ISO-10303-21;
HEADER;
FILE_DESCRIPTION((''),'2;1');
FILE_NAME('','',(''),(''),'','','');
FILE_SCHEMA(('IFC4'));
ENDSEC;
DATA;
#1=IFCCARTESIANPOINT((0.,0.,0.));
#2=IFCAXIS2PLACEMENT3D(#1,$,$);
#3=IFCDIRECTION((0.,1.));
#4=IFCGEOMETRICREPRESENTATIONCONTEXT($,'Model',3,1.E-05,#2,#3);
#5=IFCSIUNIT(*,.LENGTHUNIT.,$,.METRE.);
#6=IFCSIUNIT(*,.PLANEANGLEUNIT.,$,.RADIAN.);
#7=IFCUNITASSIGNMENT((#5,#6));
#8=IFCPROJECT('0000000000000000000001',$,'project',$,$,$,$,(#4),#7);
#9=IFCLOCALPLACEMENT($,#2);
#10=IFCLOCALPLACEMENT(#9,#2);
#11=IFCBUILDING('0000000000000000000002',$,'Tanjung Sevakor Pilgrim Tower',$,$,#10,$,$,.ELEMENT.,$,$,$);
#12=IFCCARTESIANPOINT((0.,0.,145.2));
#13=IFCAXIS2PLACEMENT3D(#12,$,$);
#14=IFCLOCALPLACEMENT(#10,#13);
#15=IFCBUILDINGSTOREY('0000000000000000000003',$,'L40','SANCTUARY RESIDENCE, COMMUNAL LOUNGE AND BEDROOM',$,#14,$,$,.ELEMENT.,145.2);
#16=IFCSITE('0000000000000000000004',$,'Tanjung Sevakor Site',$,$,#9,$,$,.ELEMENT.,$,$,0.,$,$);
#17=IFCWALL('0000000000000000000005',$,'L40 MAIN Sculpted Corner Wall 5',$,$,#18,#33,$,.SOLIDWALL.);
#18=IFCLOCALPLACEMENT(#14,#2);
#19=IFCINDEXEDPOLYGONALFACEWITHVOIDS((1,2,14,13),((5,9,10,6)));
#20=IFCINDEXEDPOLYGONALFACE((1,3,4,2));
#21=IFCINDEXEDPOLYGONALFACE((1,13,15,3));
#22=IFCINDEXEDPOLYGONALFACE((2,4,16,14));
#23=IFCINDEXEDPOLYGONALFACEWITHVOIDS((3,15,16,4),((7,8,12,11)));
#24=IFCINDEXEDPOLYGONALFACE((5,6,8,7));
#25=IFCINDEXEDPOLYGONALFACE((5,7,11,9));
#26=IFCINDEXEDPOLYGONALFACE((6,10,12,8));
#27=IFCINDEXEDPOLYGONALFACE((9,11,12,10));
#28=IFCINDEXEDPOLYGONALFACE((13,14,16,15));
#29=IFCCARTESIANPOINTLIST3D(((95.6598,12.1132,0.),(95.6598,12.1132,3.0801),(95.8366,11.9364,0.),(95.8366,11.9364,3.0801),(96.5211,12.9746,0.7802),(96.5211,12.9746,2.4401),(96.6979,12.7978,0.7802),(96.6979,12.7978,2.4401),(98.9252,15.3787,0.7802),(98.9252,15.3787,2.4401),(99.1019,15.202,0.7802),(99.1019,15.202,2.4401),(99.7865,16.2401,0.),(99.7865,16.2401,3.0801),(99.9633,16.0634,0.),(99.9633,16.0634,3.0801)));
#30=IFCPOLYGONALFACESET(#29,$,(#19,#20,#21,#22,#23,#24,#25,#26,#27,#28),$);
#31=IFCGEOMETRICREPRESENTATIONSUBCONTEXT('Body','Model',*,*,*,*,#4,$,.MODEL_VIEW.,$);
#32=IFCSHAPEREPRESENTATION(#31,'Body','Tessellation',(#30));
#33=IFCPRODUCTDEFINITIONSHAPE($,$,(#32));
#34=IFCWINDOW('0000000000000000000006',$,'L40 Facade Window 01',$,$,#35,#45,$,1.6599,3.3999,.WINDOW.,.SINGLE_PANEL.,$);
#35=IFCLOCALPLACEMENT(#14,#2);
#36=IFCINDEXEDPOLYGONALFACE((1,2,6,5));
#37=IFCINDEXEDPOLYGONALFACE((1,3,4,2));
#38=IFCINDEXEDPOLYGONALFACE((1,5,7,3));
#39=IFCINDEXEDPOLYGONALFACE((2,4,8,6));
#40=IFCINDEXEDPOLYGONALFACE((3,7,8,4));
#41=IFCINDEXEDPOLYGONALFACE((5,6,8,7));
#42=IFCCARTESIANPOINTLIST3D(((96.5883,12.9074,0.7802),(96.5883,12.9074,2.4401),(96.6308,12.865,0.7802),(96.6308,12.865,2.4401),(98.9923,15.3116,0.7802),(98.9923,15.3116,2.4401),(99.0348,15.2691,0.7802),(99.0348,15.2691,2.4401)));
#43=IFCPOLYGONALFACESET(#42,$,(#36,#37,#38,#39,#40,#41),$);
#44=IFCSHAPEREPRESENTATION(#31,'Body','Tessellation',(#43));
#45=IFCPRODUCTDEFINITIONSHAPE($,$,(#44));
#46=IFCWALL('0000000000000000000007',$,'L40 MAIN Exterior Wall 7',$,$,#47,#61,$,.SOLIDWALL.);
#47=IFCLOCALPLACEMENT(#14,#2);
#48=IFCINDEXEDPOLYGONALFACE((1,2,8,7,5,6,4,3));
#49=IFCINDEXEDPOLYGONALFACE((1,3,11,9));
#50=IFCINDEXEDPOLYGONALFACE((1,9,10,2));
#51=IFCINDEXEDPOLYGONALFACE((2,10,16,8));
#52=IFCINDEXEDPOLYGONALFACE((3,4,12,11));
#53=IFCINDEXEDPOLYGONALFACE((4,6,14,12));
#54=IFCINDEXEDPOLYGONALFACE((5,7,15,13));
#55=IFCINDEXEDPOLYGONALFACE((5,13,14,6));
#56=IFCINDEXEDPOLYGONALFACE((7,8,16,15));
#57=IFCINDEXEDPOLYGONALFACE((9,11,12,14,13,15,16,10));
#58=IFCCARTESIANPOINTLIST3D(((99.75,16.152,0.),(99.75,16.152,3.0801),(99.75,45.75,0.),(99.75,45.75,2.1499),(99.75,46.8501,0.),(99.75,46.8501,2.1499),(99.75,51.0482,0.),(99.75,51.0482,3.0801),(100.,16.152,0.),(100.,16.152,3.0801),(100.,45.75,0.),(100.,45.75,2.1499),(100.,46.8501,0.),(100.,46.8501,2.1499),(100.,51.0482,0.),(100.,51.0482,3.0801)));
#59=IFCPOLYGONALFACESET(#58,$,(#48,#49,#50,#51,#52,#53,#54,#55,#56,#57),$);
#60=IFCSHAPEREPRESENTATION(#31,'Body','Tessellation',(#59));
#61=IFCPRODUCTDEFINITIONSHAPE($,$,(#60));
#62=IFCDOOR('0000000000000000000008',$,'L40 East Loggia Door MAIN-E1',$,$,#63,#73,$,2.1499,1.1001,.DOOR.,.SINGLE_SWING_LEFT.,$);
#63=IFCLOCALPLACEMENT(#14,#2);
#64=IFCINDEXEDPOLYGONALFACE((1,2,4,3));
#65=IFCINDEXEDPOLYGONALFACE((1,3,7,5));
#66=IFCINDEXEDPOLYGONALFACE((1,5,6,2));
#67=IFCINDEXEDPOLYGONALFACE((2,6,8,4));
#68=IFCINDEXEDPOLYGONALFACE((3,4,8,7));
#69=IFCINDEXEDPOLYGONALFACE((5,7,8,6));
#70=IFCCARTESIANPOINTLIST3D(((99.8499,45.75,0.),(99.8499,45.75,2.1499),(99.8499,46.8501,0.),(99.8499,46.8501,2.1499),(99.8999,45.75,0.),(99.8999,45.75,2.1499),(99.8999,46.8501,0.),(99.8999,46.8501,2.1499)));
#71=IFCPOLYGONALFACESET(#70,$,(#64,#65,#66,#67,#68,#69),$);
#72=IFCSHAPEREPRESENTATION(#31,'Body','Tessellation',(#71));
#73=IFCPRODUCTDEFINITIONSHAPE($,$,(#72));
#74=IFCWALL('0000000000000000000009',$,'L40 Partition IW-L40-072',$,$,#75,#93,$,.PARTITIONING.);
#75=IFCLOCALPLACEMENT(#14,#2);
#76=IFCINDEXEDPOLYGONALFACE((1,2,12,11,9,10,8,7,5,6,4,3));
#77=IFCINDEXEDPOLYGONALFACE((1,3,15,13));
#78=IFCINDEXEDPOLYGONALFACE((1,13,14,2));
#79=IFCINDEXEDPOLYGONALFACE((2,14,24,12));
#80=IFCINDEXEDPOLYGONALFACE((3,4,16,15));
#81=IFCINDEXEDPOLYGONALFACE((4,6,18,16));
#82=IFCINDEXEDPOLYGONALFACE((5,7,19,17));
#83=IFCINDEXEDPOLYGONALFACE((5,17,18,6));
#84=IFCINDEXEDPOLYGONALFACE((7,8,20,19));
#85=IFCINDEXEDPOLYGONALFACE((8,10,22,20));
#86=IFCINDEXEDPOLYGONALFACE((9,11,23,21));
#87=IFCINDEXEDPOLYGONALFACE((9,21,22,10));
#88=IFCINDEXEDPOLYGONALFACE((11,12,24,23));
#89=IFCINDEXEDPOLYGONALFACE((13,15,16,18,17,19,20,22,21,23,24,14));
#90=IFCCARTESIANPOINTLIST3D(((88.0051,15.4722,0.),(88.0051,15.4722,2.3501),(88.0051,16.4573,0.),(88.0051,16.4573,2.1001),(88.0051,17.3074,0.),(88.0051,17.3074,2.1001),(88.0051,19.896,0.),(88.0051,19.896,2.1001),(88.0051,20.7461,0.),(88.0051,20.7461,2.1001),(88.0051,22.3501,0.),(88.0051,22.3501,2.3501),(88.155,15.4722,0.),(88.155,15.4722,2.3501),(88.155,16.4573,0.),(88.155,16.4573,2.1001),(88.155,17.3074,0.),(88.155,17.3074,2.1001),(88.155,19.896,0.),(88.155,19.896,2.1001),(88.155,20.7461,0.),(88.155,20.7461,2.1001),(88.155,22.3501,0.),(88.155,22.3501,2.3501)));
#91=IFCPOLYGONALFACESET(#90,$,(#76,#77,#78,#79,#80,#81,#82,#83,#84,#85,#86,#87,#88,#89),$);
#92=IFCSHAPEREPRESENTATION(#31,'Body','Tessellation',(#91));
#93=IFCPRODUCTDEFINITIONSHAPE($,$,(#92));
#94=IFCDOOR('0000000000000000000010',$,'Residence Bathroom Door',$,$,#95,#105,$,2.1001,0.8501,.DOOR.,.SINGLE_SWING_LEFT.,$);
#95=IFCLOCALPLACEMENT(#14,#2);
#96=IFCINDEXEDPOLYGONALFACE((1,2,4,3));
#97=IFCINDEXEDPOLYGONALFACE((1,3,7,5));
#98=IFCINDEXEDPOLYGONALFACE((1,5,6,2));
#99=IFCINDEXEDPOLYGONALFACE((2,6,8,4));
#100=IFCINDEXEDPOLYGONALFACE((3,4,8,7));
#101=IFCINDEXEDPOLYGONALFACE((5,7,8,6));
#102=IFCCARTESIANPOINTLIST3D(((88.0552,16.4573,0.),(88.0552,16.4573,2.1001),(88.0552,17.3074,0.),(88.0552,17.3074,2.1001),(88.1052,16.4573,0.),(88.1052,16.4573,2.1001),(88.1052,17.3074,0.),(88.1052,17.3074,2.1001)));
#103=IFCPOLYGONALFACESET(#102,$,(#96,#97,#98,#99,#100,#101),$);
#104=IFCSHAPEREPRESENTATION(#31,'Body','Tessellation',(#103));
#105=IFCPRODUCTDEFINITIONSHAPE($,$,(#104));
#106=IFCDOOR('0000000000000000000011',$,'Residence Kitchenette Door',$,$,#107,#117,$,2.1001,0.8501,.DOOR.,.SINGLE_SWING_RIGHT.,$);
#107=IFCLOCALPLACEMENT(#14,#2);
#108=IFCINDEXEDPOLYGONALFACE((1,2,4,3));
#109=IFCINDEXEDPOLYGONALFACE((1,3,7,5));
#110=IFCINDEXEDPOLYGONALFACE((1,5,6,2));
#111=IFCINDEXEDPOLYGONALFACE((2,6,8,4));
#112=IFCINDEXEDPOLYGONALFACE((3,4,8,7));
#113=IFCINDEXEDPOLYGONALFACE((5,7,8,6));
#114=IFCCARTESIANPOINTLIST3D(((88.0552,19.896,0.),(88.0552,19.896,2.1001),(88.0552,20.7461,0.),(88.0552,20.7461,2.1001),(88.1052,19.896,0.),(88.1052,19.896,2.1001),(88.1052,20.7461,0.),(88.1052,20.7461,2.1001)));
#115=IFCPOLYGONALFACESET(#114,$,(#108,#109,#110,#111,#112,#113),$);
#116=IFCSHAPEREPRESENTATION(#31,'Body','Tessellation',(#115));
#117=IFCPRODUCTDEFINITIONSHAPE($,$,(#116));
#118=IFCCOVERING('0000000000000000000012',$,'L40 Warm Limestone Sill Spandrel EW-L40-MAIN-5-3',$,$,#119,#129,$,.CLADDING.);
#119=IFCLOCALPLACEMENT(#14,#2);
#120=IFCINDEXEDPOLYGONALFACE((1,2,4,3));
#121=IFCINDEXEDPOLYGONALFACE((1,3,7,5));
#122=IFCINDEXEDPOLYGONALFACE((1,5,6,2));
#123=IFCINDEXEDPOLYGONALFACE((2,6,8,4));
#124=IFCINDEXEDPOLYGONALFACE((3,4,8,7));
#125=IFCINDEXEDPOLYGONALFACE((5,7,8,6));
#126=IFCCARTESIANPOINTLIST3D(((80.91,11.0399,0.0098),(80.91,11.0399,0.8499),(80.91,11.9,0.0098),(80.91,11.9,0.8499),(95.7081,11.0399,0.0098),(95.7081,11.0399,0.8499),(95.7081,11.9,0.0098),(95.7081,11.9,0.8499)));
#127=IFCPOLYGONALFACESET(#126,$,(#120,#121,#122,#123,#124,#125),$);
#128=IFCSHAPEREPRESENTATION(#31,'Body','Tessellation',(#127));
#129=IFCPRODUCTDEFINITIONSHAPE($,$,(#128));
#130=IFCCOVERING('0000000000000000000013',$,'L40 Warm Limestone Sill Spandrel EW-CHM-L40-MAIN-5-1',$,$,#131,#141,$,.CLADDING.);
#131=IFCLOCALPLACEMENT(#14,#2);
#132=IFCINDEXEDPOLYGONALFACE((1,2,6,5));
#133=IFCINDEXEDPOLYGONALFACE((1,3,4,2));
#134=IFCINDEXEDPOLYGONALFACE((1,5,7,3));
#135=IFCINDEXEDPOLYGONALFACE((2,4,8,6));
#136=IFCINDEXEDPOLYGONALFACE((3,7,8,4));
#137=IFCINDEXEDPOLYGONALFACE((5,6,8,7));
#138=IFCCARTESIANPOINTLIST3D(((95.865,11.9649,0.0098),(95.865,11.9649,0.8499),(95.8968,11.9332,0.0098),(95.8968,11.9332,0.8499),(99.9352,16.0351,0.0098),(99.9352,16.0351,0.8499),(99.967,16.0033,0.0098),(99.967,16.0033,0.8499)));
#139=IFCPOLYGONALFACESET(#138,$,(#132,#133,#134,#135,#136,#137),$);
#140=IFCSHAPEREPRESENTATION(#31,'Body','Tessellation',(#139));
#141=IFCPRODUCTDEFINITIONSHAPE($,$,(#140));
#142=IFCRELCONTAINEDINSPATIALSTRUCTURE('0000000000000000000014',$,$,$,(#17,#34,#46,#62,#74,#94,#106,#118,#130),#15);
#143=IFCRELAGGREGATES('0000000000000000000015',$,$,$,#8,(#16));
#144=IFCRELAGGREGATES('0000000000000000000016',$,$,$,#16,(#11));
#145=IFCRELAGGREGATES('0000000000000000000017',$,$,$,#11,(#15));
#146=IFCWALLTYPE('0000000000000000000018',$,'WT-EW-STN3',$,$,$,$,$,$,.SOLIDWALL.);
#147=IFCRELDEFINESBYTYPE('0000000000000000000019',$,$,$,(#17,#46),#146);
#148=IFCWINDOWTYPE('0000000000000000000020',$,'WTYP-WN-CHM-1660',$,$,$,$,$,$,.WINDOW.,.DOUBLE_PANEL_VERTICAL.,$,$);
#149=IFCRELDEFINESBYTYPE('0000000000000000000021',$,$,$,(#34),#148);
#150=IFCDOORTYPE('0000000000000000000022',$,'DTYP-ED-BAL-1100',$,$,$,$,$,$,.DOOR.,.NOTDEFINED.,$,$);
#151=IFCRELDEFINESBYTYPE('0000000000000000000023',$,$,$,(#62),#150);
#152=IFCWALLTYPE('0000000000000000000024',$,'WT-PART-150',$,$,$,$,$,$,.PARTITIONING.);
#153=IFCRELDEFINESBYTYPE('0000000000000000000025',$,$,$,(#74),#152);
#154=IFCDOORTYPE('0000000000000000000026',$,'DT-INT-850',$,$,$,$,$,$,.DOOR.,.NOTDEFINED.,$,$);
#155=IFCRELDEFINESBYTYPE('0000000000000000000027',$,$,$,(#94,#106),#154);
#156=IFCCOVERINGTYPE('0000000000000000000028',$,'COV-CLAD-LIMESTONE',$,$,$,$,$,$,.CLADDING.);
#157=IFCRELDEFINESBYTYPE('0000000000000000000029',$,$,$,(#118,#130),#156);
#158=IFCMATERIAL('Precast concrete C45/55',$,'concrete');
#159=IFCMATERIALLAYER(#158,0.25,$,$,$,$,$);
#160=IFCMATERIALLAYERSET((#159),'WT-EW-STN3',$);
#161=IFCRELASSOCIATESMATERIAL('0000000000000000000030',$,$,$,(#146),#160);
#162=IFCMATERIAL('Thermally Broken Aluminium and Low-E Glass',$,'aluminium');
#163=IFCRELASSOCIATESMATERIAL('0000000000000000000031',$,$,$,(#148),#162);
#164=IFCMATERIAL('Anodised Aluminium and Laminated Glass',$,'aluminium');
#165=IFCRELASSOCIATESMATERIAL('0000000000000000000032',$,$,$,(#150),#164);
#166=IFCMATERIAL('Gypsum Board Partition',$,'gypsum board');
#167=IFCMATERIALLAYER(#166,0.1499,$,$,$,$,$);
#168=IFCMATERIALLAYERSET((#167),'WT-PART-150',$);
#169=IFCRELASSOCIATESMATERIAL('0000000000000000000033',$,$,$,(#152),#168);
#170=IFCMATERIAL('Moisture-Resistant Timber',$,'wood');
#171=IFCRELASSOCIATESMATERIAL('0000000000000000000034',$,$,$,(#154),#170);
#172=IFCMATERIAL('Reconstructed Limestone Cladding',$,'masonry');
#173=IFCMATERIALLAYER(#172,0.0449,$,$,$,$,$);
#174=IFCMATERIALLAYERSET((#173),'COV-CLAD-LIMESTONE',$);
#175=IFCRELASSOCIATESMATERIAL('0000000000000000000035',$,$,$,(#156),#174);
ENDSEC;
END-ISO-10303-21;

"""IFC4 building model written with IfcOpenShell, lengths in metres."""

from ifc_helpers import new_model, si_unit, direction, frame, frame_2d, origin, origin_2d, place, context, subcontext, project, spatial, rectangle, extrude, material, layer, layer_set, type_object, element, fill, save


model = new_model("IFC4")

# Units and contexts
model_context = context("Model", 3, precision=1e-05, world=origin(), true_north=direction((0.0, 1.0)))
body_context = subcontext(model_context, "Body", "Model", "MODEL_VIEW")
ifc_project = project(units=[si_unit("LENGTHUNIT", "METRE"), si_unit("PLANEANGLEUNIT", "RADIAN")], contexts=[model_context])

# Site, building, storey
site_placement = place(None, origin())
site = spatial("IfcSite", under=ifc_project, at=site_placement, Name="Tanjung Sevakor Site", CompositionType="ELEMENT", RefElevation=0.0)
building_placement = place(site_placement, origin())
building = spatial("IfcBuilding", under=site, at=building_placement, Name="Tanjung Sevakor Pilgrim Tower", CompositionType="ELEMENT")
storey_placement = place(building_placement, frame((0.0, 0.0, 145.2)))
storey = spatial("IfcBuildingStorey", under=building, at=storey_placement, Name="L40", Description="SANCTUARY RESIDENCE, COMMUNAL LOUNGE AND BEDROOM", CompositionType="ELEMENT", Elevation=145.2)

# Wall, opening, window
ifc_material_1 = material(Name="Precast concrete C45/55", Category="concrete")
ifc_layer_1 = layer(ifc_material_1, 0.25)
ifc_layer_set_1 = layer_set([ifc_layer_1], Name="WT-EW-STN3")
wall_type_1 = type_object("IfcWallType", Name="WT-EW-STN3", PredefinedType="SOLIDWALL", material=ifc_layer_set_1)
wall_1_placement = place(storey_placement, frame((95.7483, 12.0249, 0.0), z_axis=(0.0, 0.0, 1.0), x_axis=(0.707086, 0.707128, 0.0)))
wall_1 = element("IfcWall", 1, at=wall_1_placement, inside=storey, type_object=wall_type_1, Name="L40 MAIN Sculpted Corner Wall 5", PredefinedType="SOLIDWALL", context=body_context, shape_type="SweptSolid", body=[
    extrude(rectangle(XDim=5.8362, YDim=0.25, at=frame_2d((2.918, 0.0))), origin(), (0.0, 0.0, 1.0), 3.0801),
])
opening_1_placement = place(wall_1_placement, frame((1.218, 0.0, 0.78)))
opening_1 = element("IfcOpeningElement", 2, at=opening_1_placement, cuts=wall_1, PredefinedType="OPENING", context=body_context, shape_type="SweptSolid", body=[
    extrude(rectangle(XDim=3.3999, YDim=1.6599, at=frame_2d((1.7, 0.8301))), frame((0.0, 0.135, 0.0), z_axis=(0.0, -1.0, 0.0), x_axis=(1.0, 0.0, 0.0)), (0.0, 0.0, 1.0), 0.27),
])
ifc_material_2 = material(Name="Thermally Broken Aluminium and Low-E Glass", Category="aluminium")
window_type = type_object("IfcWindowType", Name="WTYP-WN-CHM-1660", PartitioningType="DOUBLE_PANEL_VERTICAL", PredefinedType="WINDOW", material=ifc_material_2)
window_placement = place(opening_1_placement, origin())
window = element("IfcWindow", 3, at=window_placement, inside=storey, type_object=window_type, Name="L40 Facade Window 01", OverallHeight=1.6599, OverallWidth=3.3999, PartitioningType="SINGLE_PANEL", PredefinedType="WINDOW", context=body_context, shape_type="SweptSolid", body=[
    extrude(rectangle(XDim=3.3999, YDim=1.6599, at=frame_2d((1.7, 0.8301))), frame((0.0, 0.03, 0.0), z_axis=(0.0, -1.0, 0.0), x_axis=(1.0, 0.0, 0.0)), (0.0, 0.0, 1.0), 0.0601),
])
fill(opening_1, window)

# Wall, opening, door
wall_2_placement = place(storey_placement, frame((99.875, 16.1519, 0.0), z_axis=(0.0, 0.0, 1.0), x_axis=(0.0, 1.0, 0.0)))
wall_2 = element("IfcWall", 4, at=wall_2_placement, inside=storey, type_object=wall_type_1, Name="L40 MAIN Exterior Wall 7", PredefinedType="SOLIDWALL", context=body_context, shape_type="SweptSolid", body=[
    extrude(rectangle(XDim=34.8962, YDim=0.25, at=frame_2d((17.4482, 0.0))), origin(), (0.0, 0.0, 1.0), 3.0801),
])
opening_2_placement = place(wall_2_placement, frame((29.5981, 0.0, 0.0)))
opening_2 = element("IfcOpeningElement", 5, at=opening_2_placement, cuts=wall_2, PredefinedType="OPENING", context=body_context, shape_type="SweptSolid", body=[
    extrude(rectangle(XDim=1.1001, YDim=2.1499, at=frame_2d((0.55, 1.075))), frame((0.0, 0.135, 0.0), z_axis=(0.0, -1.0, 0.0), x_axis=(1.0, 0.0, 0.0)), (0.0, 0.0, 1.0), 0.27),
])
ifc_material_3 = material(Name="Anodised Aluminium and Laminated Glass", Category="aluminium")
door_type_1 = type_object("IfcDoorType", Name="DTYP-ED-BAL-1100", OperationType="NOTDEFINED", PredefinedType="DOOR", material=ifc_material_3)
door_1_placement = place(opening_2_placement, frame((1.1001, 0.0, 0.0), z_axis=(0.0, 0.0, 1.0), x_axis=(-1.0, 0.0, 0.0)))
door_1 = element("IfcDoor", 6, at=door_1_placement, inside=storey, type_object=door_type_1, Name="L40 East Loggia Door MAIN-E1", OperationType="SINGLE_SWING_LEFT", OverallHeight=2.1499, OverallWidth=1.1001, PredefinedType="DOOR", context=body_context, shape_type="SweptSolid", body=[
    extrude(rectangle(XDim=1.1001, YDim=2.1499, at=frame_2d((0.55, 1.075))), frame((0.0, 0.0249, 0.0), z_axis=(0.0, -1.0, 0.0), x_axis=(1.0, 0.0, 0.0)), (0.0, 0.0, 1.0), 0.05),
])
fill(opening_2, door_1)

# Wall, openings, doors
ifc_material_4 = material(Name="Gypsum Board Partition", Category="gypsum board")
ifc_layer_2 = layer(ifc_material_4, 0.1499)
ifc_layer_set_2 = layer_set([ifc_layer_2], Name="WT-PART-150")
wall_type_2 = type_object("IfcWallType", Name="WT-PART-150", PredefinedType="PARTITIONING", material=ifc_layer_set_2)
wall_3_placement = place(storey_placement, frame((88.0801, 15.4722, 0.0), z_axis=(0.0, 0.0, 1.0), x_axis=(0.0, 1.0, 0.0)))
wall_3 = element("IfcWall", 7, at=wall_3_placement, inside=storey, type_object=wall_type_2, Name="L40 Partition IW-L40-072", PredefinedType="PARTITIONING", context=body_context, shape_type="SweptSolid", body=[
    extrude(rectangle(XDim=6.8779, YDim=0.1499, at=frame_2d((3.439, 0.0))), origin(), (0.0, 0.0, 1.0), 2.3501),
])
opening_3_placement = place(wall_3_placement, frame((0.9851, 0.0, 0.0)))
opening_3 = element("IfcOpeningElement", 8, at=opening_3_placement, cuts=wall_3, PredefinedType="OPENING", context=body_context, shape_type="SweptSolid", body=[
    extrude(rectangle(XDim=0.8501, YDim=2.1001, at=frame_2d((0.425, 1.05))), frame((0.0, 0.085, 0.0), z_axis=(0.0, -1.0, 0.0), x_axis=(1.0, 0.0, 0.0)), (0.0, 0.0, 1.0), 0.1699),
])
opening_4_placement = place(wall_3_placement, frame((4.4238, 0.0, 0.0)))
opening_4 = element("IfcOpeningElement", 9, at=opening_4_placement, cuts=wall_3, PredefinedType="OPENING", context=body_context, shape_type="SweptSolid", body=[
    extrude(rectangle(XDim=0.8501, YDim=2.1001, at=frame_2d((0.425, 1.05))), frame((0.0, 0.085, 0.0), z_axis=(0.0, -1.0, 0.0), x_axis=(1.0, 0.0, 0.0)), (0.0, 0.0, 1.0), 0.1699),
])
ifc_material_5 = material(Name="Moisture-Resistant Timber", Category="wood")
door_type_2 = type_object("IfcDoorType", Name="DT-INT-850", OperationType="NOTDEFINED", PredefinedType="DOOR", material=ifc_material_5)
door_2_placement = place(opening_3_placement, origin())
door_2 = element("IfcDoor", 10, at=door_2_placement, inside=storey, type_object=door_type_2, Name="Residence Bathroom Door", OperationType="SINGLE_SWING_LEFT", OverallHeight=2.1001, OverallWidth=0.8501, PredefinedType="DOOR", context=body_context, shape_type="SweptSolid", body=[
    extrude(rectangle(XDim=0.8501, YDim=2.1001, at=frame_2d((0.425, 1.05))), frame((0.0, 0.0249, 0.0), z_axis=(0.0, -1.0, 0.0), x_axis=(1.0, 0.0, 0.0)), (0.0, 0.0, 1.0), 0.05),
])
fill(opening_3, door_2)
door_3_placement = place(opening_4_placement, origin())
door_3 = element("IfcDoor", 11, at=door_3_placement, inside=storey, type_object=door_type_2, Name="Residence Kitchenette Door", OperationType="SINGLE_SWING_RIGHT", OverallHeight=2.1001, OverallWidth=0.8501, PredefinedType="DOOR", context=body_context, shape_type="SweptSolid", body=[
    extrude(rectangle(XDim=0.8501, YDim=2.1001, at=frame_2d((0.425, 1.05))), frame((0.0, 0.0249, 0.0), z_axis=(0.0, -1.0, 0.0), x_axis=(1.0, 0.0, 0.0)), (0.0, 0.0, 1.0), 0.05),
])
fill(opening_4, door_3)

# Coverings
ifc_material_6 = material(Name="Reconstructed Limestone Cladding", Category="masonry")
ifc_layer_3 = layer(ifc_material_6, 0.0449)
ifc_layer_set_3 = layer_set([ifc_layer_3], Name="COV-CLAD-LIMESTONE")
covering_type = type_object("IfcCoveringType", Name="COV-CLAD-LIMESTONE", PredefinedType="CLADDING", material=ifc_layer_set_3)
covering_1_placement = place(storey_placement, frame((88.3091, 11.47, 0.0098), z_axis=(0.0, 0.0, 1.0), x_axis=(1.0, 0.0, 0.0)))
element("IfcCovering", 12, at=covering_1_placement, inside=storey, type_object=covering_type, Name="L40 Warm Limestone Sill Spandrel EW-L40-MAIN-5-3", PredefinedType="CLADDING", context=body_context, shape_type="SweptSolid", body=[
    extrude(rectangle(XDim=14.7981, YDim=0.8601, at=origin_2d()), origin(), (0.0, 0.0, 1.0), 0.8401),
])
covering_2_placement = place(storey_placement, frame((97.916, 13.9841, 0.0098), z_axis=(0.0, 0.0, 1.0), x_axis=(0.707107, 0.707107, 0.0)))
element("IfcCovering", 13, at=covering_2_placement, inside=storey, type_object=covering_type, Name="L40 Warm Limestone Sill Spandrel EW-CHM-L40-MAIN-5-1", PredefinedType="CLADDING", context=body_context, shape_type="SweptSolid", body=[
    extrude(rectangle(XDim=5.7561, YDim=0.0449, at=origin_2d()), origin(), (0.0, 0.0, 1.0), 0.8401),
])

save(model, "model.ifc")
